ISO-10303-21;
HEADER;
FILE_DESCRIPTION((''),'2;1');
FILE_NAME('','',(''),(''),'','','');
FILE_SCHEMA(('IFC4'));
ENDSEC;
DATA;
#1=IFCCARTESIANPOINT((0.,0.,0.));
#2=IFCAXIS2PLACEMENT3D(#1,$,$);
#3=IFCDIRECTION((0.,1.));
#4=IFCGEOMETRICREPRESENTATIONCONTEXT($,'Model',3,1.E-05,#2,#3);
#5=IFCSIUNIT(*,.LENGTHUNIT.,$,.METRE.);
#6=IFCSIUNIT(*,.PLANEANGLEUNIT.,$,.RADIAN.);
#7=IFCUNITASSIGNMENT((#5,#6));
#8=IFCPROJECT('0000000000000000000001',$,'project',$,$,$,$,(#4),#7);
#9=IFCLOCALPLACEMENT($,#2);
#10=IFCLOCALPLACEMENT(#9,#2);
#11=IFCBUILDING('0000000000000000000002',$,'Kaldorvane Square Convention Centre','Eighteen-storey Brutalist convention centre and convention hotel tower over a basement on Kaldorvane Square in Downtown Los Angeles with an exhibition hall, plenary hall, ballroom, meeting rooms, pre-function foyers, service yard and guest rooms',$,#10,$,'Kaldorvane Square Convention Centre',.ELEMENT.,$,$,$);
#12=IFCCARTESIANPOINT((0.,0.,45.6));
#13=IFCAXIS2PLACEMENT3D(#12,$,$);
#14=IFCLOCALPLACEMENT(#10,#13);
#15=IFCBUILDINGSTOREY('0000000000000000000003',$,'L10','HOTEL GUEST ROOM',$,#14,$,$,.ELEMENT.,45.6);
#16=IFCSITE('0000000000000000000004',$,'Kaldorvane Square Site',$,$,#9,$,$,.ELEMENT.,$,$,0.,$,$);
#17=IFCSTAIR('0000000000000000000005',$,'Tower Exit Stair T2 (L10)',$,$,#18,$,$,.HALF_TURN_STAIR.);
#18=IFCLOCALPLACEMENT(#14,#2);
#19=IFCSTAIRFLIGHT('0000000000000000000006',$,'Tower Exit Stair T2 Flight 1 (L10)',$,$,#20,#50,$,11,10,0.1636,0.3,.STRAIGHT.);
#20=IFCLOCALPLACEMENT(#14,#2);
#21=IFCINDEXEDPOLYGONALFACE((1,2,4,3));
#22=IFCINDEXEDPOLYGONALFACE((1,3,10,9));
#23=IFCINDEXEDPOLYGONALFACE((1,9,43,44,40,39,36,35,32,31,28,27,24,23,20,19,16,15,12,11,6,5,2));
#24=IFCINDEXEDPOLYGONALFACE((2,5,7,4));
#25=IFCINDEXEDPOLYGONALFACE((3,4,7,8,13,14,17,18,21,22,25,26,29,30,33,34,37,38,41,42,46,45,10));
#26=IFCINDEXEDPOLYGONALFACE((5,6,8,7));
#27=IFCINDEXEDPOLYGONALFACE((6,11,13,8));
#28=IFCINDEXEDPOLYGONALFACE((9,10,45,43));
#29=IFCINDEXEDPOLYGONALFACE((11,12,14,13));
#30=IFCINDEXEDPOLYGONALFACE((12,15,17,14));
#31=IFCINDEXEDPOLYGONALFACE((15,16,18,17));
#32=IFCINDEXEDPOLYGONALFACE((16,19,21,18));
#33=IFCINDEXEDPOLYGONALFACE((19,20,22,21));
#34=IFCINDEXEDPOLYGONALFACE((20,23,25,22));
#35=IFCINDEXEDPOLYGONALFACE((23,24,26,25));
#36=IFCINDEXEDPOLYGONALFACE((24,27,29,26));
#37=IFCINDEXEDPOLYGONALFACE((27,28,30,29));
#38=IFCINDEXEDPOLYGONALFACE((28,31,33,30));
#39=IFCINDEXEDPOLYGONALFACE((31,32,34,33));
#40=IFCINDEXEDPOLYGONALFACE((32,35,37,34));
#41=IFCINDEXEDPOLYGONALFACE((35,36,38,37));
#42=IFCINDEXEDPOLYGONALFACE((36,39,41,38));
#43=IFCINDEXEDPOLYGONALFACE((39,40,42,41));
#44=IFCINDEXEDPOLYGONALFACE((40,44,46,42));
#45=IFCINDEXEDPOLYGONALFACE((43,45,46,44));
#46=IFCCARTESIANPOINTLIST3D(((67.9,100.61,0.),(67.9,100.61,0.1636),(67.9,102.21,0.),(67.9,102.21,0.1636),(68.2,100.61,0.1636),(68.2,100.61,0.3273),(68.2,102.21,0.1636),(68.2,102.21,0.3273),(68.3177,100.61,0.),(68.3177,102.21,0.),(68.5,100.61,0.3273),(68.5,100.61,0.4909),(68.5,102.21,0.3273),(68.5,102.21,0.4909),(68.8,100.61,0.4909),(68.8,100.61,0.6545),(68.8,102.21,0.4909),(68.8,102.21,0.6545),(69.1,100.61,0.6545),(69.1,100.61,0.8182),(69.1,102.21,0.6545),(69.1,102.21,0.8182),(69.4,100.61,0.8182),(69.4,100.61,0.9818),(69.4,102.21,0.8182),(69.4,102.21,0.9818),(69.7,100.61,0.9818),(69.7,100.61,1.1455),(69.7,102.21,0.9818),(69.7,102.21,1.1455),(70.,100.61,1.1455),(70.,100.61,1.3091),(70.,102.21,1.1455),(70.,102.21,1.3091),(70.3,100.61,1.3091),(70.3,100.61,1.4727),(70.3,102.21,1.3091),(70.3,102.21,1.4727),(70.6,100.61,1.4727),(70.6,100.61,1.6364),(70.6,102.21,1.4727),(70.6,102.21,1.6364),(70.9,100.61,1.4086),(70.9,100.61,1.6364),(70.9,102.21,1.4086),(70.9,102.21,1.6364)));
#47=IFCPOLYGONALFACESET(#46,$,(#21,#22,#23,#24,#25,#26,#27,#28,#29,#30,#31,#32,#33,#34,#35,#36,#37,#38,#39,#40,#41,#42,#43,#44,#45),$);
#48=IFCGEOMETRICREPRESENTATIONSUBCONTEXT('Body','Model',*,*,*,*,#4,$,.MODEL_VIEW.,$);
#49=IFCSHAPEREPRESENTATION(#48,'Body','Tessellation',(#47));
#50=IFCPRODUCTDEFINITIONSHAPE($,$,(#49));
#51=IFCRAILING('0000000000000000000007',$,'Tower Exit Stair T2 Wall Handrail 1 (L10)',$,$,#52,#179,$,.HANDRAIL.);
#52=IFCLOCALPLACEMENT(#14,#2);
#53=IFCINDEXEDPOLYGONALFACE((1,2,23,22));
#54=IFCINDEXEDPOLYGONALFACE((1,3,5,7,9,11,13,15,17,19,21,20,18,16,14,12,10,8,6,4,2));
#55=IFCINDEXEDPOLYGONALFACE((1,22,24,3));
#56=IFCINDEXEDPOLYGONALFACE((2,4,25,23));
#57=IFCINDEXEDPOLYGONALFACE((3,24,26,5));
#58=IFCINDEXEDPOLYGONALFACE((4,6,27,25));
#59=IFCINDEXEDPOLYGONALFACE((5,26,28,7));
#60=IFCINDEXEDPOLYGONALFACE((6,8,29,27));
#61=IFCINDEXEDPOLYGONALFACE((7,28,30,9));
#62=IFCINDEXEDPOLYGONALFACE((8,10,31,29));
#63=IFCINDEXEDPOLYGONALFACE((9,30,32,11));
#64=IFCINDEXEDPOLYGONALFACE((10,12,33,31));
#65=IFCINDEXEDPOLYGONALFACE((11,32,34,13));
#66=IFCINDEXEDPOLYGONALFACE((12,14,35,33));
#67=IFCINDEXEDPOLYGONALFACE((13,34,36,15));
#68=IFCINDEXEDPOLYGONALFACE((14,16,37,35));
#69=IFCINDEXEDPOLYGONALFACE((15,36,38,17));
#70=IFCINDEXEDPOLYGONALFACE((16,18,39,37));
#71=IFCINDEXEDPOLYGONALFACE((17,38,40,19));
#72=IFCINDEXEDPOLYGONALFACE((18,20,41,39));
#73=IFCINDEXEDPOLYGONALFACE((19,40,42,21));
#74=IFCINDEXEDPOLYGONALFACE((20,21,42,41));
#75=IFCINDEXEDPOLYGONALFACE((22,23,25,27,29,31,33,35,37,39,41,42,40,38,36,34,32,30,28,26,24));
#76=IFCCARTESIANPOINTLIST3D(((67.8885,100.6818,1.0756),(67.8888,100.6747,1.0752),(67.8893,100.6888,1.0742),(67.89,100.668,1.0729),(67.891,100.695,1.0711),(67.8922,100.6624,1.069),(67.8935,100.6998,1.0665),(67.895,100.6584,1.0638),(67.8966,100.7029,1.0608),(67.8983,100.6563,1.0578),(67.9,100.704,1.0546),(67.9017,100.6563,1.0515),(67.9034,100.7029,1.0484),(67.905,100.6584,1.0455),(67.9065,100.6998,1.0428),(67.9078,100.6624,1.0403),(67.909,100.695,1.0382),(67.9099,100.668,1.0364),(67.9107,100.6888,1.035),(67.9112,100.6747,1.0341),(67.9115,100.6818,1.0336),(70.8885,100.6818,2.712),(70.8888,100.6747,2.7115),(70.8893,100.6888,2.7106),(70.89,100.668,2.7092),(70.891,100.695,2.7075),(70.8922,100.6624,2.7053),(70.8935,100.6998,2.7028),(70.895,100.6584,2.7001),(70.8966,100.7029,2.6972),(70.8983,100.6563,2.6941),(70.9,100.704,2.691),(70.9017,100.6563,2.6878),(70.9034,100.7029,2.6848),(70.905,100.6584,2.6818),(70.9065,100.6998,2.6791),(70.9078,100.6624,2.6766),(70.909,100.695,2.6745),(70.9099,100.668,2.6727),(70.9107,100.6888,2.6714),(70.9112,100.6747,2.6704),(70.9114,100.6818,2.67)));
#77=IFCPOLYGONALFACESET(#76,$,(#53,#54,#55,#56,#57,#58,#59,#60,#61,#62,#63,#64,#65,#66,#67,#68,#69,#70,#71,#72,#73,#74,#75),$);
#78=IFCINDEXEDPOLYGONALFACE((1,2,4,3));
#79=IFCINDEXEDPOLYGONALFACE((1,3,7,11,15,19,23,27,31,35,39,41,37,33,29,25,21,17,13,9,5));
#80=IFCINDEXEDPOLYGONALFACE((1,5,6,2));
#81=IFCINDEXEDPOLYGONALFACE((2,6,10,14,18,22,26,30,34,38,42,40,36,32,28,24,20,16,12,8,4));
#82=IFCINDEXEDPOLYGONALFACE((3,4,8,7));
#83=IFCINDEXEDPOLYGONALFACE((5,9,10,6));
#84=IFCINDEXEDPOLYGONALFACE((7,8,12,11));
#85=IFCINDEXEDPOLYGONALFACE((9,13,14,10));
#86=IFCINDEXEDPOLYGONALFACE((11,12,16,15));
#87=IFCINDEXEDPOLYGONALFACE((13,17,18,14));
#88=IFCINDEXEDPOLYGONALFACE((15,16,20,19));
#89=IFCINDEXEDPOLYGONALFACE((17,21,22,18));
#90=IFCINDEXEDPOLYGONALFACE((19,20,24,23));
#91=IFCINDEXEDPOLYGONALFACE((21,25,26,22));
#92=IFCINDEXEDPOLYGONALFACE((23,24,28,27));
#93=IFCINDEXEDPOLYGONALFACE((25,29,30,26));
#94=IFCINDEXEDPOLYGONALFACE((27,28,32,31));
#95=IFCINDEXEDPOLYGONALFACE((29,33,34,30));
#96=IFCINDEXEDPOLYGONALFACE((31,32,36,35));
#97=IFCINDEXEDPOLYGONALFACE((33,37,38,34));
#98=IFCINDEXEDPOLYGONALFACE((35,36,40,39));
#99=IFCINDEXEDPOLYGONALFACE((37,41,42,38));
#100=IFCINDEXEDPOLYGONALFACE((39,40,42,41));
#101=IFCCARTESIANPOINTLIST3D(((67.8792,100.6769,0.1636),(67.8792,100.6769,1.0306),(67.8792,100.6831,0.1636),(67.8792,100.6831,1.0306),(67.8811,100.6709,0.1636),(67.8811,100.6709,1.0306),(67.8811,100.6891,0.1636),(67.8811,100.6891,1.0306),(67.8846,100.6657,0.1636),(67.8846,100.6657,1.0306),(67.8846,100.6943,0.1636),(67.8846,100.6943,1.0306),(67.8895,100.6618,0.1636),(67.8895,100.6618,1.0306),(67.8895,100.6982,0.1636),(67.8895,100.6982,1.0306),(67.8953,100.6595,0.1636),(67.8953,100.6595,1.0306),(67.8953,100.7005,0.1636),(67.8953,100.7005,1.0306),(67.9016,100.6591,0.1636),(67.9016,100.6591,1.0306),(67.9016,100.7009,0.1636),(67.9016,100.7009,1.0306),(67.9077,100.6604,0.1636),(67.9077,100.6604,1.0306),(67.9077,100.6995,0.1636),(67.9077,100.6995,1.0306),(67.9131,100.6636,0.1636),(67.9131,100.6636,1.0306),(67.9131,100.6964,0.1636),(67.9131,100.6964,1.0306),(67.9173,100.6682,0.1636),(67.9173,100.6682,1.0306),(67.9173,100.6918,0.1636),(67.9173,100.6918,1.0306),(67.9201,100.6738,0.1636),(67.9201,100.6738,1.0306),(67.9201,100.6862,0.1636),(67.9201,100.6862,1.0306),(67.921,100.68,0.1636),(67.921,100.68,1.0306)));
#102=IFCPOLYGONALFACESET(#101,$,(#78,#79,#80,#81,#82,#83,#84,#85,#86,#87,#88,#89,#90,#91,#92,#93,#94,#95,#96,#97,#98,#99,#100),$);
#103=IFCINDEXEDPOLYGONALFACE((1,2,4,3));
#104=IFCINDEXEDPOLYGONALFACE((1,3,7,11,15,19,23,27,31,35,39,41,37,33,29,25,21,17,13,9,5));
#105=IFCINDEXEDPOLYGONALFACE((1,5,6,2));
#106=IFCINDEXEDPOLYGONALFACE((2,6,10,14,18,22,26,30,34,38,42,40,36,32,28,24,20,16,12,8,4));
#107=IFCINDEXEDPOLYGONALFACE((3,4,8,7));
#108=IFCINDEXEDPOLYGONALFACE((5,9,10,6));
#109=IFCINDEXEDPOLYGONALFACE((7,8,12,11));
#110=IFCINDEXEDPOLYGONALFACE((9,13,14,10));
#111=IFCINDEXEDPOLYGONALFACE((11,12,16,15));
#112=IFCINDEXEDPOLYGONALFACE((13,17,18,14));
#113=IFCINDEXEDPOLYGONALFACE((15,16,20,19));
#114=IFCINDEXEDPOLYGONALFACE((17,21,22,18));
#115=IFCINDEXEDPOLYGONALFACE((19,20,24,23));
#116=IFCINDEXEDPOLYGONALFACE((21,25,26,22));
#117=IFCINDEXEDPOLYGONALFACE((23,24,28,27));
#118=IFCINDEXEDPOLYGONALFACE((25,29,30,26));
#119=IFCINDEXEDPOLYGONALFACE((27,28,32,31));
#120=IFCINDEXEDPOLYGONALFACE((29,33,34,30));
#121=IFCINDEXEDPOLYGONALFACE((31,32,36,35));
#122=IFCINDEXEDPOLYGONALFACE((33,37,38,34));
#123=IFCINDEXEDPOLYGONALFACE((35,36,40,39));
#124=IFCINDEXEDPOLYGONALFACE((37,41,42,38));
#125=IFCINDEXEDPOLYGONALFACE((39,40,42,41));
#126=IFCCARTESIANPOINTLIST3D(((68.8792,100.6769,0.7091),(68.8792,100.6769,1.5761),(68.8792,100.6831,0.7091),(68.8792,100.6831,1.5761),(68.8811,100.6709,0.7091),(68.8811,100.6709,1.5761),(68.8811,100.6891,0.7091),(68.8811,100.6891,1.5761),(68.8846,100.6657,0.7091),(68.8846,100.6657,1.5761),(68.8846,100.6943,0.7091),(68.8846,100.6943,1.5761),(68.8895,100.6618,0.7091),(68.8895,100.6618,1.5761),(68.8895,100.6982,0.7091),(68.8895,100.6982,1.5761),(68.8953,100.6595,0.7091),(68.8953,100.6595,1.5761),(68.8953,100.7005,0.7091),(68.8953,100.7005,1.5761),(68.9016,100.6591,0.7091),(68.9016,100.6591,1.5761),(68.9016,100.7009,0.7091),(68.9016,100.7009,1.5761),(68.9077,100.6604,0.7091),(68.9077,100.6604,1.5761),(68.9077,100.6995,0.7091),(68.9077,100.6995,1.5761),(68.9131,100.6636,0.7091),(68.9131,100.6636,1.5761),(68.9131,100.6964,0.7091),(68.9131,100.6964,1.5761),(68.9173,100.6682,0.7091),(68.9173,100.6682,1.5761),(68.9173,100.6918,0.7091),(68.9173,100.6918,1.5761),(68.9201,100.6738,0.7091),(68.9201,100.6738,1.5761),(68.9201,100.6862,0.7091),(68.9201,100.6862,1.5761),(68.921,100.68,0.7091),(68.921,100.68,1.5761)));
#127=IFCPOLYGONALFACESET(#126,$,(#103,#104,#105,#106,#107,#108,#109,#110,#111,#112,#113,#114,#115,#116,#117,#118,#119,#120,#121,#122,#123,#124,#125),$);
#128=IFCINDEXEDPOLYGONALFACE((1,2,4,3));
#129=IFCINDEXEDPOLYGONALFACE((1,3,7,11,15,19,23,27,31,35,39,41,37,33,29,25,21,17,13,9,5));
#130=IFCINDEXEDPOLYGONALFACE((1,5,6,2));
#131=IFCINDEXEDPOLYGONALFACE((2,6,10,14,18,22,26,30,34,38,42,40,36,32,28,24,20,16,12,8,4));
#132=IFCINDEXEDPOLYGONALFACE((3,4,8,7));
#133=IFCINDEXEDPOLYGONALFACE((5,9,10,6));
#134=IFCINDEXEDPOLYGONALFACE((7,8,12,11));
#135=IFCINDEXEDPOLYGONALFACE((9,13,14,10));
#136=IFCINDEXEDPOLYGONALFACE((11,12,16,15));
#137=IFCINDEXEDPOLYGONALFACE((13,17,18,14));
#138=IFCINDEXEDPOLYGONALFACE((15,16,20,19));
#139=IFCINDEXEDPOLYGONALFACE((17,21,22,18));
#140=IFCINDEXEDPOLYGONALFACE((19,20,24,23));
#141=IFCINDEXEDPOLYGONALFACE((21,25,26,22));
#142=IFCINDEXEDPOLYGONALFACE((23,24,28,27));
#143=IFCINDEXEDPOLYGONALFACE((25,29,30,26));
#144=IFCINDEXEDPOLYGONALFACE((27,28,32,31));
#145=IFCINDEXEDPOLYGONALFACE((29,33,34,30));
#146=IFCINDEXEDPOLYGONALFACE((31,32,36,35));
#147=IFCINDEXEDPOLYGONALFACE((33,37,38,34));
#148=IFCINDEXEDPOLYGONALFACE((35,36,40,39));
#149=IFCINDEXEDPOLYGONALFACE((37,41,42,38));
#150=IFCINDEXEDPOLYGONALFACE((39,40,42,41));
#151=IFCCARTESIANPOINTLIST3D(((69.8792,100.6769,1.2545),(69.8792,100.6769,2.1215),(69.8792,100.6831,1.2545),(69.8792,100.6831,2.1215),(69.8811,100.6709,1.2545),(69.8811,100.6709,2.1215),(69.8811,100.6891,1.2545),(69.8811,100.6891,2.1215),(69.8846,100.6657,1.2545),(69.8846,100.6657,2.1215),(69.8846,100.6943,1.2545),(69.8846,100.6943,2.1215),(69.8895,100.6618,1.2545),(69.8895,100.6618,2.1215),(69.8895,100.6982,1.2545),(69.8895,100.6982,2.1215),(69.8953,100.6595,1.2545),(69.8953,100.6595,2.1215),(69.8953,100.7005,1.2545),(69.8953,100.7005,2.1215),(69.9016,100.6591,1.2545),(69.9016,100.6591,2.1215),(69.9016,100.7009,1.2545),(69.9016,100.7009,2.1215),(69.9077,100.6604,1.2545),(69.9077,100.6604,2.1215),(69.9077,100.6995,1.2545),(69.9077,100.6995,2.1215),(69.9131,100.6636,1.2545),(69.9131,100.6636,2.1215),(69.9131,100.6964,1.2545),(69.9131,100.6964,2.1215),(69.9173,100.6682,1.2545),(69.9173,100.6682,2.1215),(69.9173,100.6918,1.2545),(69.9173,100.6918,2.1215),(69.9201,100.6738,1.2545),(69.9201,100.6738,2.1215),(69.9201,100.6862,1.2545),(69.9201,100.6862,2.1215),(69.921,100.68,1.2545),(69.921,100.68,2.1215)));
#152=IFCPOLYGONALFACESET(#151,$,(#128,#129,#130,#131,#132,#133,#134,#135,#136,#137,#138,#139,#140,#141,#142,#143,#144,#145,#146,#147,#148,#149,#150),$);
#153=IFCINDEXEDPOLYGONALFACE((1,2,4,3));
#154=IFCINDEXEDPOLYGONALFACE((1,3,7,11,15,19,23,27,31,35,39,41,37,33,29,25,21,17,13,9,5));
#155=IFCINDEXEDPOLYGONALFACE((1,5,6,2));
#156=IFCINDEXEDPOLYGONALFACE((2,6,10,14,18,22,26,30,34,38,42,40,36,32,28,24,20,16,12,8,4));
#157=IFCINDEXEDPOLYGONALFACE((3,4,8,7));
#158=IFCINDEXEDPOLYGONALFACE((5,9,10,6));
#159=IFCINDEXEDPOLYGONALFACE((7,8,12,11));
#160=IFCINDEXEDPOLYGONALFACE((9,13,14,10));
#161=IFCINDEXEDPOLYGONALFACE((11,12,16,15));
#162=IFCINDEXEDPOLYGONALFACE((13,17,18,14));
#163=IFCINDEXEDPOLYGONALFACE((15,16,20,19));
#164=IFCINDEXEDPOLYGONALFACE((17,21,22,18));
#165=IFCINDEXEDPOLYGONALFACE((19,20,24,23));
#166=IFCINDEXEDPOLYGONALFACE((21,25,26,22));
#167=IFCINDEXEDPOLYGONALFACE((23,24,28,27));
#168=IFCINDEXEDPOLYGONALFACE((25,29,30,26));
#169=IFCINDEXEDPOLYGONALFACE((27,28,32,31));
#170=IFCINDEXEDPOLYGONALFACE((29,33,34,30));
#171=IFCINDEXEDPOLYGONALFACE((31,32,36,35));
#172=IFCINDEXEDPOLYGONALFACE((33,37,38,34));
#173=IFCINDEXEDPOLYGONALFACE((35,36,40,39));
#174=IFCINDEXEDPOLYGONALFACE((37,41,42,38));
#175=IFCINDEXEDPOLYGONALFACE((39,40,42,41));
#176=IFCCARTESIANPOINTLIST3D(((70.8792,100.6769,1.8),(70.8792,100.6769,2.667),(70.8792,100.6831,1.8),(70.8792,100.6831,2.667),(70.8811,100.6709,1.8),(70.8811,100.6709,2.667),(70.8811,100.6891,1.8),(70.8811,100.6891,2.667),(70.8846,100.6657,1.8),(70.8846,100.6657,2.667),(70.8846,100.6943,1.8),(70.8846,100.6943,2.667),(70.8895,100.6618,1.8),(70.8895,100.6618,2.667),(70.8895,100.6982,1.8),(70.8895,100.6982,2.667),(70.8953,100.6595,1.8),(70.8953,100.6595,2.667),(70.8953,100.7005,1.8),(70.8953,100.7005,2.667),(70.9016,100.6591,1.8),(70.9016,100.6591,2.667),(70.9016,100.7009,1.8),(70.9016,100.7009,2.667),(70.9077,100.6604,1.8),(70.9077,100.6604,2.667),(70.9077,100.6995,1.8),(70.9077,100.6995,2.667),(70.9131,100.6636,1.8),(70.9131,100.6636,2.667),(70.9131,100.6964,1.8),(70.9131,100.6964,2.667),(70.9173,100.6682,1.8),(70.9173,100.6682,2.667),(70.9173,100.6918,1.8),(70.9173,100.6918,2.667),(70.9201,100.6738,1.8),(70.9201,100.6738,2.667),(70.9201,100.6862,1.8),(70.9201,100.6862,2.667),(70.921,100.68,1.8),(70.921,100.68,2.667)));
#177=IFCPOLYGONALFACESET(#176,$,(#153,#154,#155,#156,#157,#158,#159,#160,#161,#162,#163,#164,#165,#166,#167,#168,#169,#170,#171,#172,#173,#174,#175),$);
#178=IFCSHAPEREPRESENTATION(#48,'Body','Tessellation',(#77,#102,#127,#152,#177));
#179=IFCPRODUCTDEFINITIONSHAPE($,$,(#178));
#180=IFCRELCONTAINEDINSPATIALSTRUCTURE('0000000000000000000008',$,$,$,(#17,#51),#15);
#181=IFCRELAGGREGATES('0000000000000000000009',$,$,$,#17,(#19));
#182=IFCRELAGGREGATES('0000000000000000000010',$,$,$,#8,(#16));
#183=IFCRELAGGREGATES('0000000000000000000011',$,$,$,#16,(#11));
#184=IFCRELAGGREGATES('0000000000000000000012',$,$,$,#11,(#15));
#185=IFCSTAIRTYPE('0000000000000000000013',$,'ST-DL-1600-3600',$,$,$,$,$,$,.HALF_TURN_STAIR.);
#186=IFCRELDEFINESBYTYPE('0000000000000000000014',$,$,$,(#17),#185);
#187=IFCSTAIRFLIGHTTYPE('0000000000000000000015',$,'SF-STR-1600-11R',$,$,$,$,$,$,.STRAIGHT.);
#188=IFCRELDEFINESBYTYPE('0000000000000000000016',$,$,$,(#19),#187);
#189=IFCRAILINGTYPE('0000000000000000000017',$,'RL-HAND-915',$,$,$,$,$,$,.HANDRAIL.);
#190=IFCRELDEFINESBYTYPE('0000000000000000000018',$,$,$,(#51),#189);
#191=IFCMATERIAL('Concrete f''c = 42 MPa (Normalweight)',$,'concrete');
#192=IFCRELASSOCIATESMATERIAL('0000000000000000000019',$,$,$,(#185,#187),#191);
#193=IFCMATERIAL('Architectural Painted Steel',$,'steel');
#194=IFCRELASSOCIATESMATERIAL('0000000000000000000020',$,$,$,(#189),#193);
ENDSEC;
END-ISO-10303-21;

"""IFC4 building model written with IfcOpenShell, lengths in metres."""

from ifc_helpers import new_model, si_unit, direction, frame, origin, origin_2d, place, context, subcontext, project, spatial, polyline, circle, outline, extrude, material, type_object, element, aggregate, save


model = new_model("IFC4")

# Units and contexts
model_context = context("Model", 3, precision=1e-05, world=origin(), true_north=direction((0.0, 1.0)))
body_context = subcontext(model_context, "Body", "Model", "MODEL_VIEW")
ifc_project = project(units=[si_unit("LENGTHUNIT", "METRE"), si_unit("PLANEANGLEUNIT", "RADIAN")], contexts=[model_context])

# Site, building, storey
site_placement = place(None, origin())
site = spatial("IfcSite", under=ifc_project, at=site_placement, Name="Kaldorvane Square Site", CompositionType="ELEMENT", RefElevation=0.0)
building_placement = place(site_placement, origin())
building = spatial("IfcBuilding", under=site, at=building_placement, Name="Kaldorvane Square Convention Centre", Description="Eighteen-storey Brutalist convention centre and convention hotel tower over a basement on Kaldorvane Square in Downtown Los Angeles with an exhibition hall, plenary hall, ballroom, meeting rooms, pre-function foyers, service yard and guest rooms", LongName="Kaldorvane Square Convention Centre", CompositionType="ELEMENT")
storey_placement = place(building_placement, frame((0.0, 0.0, 45.6)))
storey = spatial("IfcBuildingStorey", under=building, at=storey_placement, Name="L10", Description="HOTEL GUEST ROOM", CompositionType="ELEMENT", Elevation=45.6)

# Shared definitions
ifc_material_1 = material(Name="Concrete f'c = 42 MPa (Normalweight)", Category="concrete")

# Stair, stair flight
stair_type = type_object("IfcStairType", Name="ST-DL-1600-3600", PredefinedType="HALF_TURN_STAIR", material=ifc_material_1)
stair_placement = place(storey_placement, origin())
stair = element("IfcStair", 1, at=stair_placement, inside=storey, type_object=stair_type, Name="Tower Exit Stair T2 (L10)", PredefinedType="HALF_TURN_STAIR")
stair_flight_type = type_object("IfcStairFlightType", Name="SF-STR-1600-11R", PredefinedType="STRAIGHT", material=ifc_material_1)
stair_flight_placement = place(storey_placement, frame((67.9, 101.41, 0.0), z_axis=(0.0, 0.0, 1.0), x_axis=(1.0, 0.0, 0.0)))
stair_flight = element("IfcStairFlight", 2, at=stair_flight_placement, type_object=stair_flight_type, Name="Tower Exit Stair T2 Flight 1 (L10)", NumberOfRisers=11, NumberOfTreads=10, PredefinedType="STRAIGHT", RiserHeight=0.1636, TreadLength=0.3, context=body_context, shape_type="SweptSolid", body=[
    extrude(outline(polyline([(0.0, 0.0), (0.0, 0.1636), (0.3, 0.1636), (0.3, 0.3273), (0.6, 0.3273), (0.6, 0.4909), (0.9, 0.4909), (0.9, 0.6545), (1.2, 0.6545), (1.2, 0.8182), (1.5, 0.8182), (1.5, 0.9818), (1.8, 0.9818), (1.8, 1.1455), (2.1, 1.1455), (2.1, 1.3091), (2.4, 1.3091), (2.4, 1.4727), (2.7, 1.4727), (2.7, 1.6364), (3.0, 1.6364), (3.0, 1.8), (3.0, 1.4086), (0.4177, 0.0), (0.0, 0.0)])), frame((0.0, 0.8, 0.0), z_axis=(0.0, -1.0, 0.0), x_axis=(1.0, 0.0, 0.0)), (0.0, 0.0, 1.0), 1.6),
])
aggregate(stair, [stair_flight])

# Railing
ifc_material_2 = material(Name="Architectural Painted Steel", Category="steel")
railing_type = type_object("IfcRailingType", Name="RL-HAND-915", PredefinedType="HANDRAIL", material=ifc_material_2)
railing_placement = place(storey_placement, frame((67.9, 100.68, 0.1636)))
element("IfcRailing", 3, at=railing_placement, inside=storey, type_object=railing_type, Name="Tower Exit Stair T2 Wall Handrail 1 (L10)", PredefinedType="HANDRAIL", context=body_context, shape_type="SweptSolid", body=[
    extrude(circle(Radius=0.024, at=origin_2d()), frame((0.0, 0.0, 0.891), z_axis=(0.877897, 0.0, 0.47885), x_axis=(0.0, 1.0, 0.0)), (0.0, 0.0, 1.0), 3.4173),
    extrude(circle(Radius=0.021, at=origin_2d()), origin(), (0.0, 0.0, 1.0), 0.867),
    extrude(circle(Radius=0.021, at=origin_2d()), frame((1.0, 0.0, 0.5455)), (0.0, 0.0, 1.0), 0.867),
    extrude(circle(Radius=0.021, at=origin_2d()), frame((2.0, 0.0, 1.0909)), (0.0, 0.0, 1.0), 0.867),
    extrude(circle(Radius=0.021, at=origin_2d()), frame((3.0, 0.0, 1.6364)), (0.0, 0.0, 1.0), 0.867),
])

save(model, "model.ifc")
